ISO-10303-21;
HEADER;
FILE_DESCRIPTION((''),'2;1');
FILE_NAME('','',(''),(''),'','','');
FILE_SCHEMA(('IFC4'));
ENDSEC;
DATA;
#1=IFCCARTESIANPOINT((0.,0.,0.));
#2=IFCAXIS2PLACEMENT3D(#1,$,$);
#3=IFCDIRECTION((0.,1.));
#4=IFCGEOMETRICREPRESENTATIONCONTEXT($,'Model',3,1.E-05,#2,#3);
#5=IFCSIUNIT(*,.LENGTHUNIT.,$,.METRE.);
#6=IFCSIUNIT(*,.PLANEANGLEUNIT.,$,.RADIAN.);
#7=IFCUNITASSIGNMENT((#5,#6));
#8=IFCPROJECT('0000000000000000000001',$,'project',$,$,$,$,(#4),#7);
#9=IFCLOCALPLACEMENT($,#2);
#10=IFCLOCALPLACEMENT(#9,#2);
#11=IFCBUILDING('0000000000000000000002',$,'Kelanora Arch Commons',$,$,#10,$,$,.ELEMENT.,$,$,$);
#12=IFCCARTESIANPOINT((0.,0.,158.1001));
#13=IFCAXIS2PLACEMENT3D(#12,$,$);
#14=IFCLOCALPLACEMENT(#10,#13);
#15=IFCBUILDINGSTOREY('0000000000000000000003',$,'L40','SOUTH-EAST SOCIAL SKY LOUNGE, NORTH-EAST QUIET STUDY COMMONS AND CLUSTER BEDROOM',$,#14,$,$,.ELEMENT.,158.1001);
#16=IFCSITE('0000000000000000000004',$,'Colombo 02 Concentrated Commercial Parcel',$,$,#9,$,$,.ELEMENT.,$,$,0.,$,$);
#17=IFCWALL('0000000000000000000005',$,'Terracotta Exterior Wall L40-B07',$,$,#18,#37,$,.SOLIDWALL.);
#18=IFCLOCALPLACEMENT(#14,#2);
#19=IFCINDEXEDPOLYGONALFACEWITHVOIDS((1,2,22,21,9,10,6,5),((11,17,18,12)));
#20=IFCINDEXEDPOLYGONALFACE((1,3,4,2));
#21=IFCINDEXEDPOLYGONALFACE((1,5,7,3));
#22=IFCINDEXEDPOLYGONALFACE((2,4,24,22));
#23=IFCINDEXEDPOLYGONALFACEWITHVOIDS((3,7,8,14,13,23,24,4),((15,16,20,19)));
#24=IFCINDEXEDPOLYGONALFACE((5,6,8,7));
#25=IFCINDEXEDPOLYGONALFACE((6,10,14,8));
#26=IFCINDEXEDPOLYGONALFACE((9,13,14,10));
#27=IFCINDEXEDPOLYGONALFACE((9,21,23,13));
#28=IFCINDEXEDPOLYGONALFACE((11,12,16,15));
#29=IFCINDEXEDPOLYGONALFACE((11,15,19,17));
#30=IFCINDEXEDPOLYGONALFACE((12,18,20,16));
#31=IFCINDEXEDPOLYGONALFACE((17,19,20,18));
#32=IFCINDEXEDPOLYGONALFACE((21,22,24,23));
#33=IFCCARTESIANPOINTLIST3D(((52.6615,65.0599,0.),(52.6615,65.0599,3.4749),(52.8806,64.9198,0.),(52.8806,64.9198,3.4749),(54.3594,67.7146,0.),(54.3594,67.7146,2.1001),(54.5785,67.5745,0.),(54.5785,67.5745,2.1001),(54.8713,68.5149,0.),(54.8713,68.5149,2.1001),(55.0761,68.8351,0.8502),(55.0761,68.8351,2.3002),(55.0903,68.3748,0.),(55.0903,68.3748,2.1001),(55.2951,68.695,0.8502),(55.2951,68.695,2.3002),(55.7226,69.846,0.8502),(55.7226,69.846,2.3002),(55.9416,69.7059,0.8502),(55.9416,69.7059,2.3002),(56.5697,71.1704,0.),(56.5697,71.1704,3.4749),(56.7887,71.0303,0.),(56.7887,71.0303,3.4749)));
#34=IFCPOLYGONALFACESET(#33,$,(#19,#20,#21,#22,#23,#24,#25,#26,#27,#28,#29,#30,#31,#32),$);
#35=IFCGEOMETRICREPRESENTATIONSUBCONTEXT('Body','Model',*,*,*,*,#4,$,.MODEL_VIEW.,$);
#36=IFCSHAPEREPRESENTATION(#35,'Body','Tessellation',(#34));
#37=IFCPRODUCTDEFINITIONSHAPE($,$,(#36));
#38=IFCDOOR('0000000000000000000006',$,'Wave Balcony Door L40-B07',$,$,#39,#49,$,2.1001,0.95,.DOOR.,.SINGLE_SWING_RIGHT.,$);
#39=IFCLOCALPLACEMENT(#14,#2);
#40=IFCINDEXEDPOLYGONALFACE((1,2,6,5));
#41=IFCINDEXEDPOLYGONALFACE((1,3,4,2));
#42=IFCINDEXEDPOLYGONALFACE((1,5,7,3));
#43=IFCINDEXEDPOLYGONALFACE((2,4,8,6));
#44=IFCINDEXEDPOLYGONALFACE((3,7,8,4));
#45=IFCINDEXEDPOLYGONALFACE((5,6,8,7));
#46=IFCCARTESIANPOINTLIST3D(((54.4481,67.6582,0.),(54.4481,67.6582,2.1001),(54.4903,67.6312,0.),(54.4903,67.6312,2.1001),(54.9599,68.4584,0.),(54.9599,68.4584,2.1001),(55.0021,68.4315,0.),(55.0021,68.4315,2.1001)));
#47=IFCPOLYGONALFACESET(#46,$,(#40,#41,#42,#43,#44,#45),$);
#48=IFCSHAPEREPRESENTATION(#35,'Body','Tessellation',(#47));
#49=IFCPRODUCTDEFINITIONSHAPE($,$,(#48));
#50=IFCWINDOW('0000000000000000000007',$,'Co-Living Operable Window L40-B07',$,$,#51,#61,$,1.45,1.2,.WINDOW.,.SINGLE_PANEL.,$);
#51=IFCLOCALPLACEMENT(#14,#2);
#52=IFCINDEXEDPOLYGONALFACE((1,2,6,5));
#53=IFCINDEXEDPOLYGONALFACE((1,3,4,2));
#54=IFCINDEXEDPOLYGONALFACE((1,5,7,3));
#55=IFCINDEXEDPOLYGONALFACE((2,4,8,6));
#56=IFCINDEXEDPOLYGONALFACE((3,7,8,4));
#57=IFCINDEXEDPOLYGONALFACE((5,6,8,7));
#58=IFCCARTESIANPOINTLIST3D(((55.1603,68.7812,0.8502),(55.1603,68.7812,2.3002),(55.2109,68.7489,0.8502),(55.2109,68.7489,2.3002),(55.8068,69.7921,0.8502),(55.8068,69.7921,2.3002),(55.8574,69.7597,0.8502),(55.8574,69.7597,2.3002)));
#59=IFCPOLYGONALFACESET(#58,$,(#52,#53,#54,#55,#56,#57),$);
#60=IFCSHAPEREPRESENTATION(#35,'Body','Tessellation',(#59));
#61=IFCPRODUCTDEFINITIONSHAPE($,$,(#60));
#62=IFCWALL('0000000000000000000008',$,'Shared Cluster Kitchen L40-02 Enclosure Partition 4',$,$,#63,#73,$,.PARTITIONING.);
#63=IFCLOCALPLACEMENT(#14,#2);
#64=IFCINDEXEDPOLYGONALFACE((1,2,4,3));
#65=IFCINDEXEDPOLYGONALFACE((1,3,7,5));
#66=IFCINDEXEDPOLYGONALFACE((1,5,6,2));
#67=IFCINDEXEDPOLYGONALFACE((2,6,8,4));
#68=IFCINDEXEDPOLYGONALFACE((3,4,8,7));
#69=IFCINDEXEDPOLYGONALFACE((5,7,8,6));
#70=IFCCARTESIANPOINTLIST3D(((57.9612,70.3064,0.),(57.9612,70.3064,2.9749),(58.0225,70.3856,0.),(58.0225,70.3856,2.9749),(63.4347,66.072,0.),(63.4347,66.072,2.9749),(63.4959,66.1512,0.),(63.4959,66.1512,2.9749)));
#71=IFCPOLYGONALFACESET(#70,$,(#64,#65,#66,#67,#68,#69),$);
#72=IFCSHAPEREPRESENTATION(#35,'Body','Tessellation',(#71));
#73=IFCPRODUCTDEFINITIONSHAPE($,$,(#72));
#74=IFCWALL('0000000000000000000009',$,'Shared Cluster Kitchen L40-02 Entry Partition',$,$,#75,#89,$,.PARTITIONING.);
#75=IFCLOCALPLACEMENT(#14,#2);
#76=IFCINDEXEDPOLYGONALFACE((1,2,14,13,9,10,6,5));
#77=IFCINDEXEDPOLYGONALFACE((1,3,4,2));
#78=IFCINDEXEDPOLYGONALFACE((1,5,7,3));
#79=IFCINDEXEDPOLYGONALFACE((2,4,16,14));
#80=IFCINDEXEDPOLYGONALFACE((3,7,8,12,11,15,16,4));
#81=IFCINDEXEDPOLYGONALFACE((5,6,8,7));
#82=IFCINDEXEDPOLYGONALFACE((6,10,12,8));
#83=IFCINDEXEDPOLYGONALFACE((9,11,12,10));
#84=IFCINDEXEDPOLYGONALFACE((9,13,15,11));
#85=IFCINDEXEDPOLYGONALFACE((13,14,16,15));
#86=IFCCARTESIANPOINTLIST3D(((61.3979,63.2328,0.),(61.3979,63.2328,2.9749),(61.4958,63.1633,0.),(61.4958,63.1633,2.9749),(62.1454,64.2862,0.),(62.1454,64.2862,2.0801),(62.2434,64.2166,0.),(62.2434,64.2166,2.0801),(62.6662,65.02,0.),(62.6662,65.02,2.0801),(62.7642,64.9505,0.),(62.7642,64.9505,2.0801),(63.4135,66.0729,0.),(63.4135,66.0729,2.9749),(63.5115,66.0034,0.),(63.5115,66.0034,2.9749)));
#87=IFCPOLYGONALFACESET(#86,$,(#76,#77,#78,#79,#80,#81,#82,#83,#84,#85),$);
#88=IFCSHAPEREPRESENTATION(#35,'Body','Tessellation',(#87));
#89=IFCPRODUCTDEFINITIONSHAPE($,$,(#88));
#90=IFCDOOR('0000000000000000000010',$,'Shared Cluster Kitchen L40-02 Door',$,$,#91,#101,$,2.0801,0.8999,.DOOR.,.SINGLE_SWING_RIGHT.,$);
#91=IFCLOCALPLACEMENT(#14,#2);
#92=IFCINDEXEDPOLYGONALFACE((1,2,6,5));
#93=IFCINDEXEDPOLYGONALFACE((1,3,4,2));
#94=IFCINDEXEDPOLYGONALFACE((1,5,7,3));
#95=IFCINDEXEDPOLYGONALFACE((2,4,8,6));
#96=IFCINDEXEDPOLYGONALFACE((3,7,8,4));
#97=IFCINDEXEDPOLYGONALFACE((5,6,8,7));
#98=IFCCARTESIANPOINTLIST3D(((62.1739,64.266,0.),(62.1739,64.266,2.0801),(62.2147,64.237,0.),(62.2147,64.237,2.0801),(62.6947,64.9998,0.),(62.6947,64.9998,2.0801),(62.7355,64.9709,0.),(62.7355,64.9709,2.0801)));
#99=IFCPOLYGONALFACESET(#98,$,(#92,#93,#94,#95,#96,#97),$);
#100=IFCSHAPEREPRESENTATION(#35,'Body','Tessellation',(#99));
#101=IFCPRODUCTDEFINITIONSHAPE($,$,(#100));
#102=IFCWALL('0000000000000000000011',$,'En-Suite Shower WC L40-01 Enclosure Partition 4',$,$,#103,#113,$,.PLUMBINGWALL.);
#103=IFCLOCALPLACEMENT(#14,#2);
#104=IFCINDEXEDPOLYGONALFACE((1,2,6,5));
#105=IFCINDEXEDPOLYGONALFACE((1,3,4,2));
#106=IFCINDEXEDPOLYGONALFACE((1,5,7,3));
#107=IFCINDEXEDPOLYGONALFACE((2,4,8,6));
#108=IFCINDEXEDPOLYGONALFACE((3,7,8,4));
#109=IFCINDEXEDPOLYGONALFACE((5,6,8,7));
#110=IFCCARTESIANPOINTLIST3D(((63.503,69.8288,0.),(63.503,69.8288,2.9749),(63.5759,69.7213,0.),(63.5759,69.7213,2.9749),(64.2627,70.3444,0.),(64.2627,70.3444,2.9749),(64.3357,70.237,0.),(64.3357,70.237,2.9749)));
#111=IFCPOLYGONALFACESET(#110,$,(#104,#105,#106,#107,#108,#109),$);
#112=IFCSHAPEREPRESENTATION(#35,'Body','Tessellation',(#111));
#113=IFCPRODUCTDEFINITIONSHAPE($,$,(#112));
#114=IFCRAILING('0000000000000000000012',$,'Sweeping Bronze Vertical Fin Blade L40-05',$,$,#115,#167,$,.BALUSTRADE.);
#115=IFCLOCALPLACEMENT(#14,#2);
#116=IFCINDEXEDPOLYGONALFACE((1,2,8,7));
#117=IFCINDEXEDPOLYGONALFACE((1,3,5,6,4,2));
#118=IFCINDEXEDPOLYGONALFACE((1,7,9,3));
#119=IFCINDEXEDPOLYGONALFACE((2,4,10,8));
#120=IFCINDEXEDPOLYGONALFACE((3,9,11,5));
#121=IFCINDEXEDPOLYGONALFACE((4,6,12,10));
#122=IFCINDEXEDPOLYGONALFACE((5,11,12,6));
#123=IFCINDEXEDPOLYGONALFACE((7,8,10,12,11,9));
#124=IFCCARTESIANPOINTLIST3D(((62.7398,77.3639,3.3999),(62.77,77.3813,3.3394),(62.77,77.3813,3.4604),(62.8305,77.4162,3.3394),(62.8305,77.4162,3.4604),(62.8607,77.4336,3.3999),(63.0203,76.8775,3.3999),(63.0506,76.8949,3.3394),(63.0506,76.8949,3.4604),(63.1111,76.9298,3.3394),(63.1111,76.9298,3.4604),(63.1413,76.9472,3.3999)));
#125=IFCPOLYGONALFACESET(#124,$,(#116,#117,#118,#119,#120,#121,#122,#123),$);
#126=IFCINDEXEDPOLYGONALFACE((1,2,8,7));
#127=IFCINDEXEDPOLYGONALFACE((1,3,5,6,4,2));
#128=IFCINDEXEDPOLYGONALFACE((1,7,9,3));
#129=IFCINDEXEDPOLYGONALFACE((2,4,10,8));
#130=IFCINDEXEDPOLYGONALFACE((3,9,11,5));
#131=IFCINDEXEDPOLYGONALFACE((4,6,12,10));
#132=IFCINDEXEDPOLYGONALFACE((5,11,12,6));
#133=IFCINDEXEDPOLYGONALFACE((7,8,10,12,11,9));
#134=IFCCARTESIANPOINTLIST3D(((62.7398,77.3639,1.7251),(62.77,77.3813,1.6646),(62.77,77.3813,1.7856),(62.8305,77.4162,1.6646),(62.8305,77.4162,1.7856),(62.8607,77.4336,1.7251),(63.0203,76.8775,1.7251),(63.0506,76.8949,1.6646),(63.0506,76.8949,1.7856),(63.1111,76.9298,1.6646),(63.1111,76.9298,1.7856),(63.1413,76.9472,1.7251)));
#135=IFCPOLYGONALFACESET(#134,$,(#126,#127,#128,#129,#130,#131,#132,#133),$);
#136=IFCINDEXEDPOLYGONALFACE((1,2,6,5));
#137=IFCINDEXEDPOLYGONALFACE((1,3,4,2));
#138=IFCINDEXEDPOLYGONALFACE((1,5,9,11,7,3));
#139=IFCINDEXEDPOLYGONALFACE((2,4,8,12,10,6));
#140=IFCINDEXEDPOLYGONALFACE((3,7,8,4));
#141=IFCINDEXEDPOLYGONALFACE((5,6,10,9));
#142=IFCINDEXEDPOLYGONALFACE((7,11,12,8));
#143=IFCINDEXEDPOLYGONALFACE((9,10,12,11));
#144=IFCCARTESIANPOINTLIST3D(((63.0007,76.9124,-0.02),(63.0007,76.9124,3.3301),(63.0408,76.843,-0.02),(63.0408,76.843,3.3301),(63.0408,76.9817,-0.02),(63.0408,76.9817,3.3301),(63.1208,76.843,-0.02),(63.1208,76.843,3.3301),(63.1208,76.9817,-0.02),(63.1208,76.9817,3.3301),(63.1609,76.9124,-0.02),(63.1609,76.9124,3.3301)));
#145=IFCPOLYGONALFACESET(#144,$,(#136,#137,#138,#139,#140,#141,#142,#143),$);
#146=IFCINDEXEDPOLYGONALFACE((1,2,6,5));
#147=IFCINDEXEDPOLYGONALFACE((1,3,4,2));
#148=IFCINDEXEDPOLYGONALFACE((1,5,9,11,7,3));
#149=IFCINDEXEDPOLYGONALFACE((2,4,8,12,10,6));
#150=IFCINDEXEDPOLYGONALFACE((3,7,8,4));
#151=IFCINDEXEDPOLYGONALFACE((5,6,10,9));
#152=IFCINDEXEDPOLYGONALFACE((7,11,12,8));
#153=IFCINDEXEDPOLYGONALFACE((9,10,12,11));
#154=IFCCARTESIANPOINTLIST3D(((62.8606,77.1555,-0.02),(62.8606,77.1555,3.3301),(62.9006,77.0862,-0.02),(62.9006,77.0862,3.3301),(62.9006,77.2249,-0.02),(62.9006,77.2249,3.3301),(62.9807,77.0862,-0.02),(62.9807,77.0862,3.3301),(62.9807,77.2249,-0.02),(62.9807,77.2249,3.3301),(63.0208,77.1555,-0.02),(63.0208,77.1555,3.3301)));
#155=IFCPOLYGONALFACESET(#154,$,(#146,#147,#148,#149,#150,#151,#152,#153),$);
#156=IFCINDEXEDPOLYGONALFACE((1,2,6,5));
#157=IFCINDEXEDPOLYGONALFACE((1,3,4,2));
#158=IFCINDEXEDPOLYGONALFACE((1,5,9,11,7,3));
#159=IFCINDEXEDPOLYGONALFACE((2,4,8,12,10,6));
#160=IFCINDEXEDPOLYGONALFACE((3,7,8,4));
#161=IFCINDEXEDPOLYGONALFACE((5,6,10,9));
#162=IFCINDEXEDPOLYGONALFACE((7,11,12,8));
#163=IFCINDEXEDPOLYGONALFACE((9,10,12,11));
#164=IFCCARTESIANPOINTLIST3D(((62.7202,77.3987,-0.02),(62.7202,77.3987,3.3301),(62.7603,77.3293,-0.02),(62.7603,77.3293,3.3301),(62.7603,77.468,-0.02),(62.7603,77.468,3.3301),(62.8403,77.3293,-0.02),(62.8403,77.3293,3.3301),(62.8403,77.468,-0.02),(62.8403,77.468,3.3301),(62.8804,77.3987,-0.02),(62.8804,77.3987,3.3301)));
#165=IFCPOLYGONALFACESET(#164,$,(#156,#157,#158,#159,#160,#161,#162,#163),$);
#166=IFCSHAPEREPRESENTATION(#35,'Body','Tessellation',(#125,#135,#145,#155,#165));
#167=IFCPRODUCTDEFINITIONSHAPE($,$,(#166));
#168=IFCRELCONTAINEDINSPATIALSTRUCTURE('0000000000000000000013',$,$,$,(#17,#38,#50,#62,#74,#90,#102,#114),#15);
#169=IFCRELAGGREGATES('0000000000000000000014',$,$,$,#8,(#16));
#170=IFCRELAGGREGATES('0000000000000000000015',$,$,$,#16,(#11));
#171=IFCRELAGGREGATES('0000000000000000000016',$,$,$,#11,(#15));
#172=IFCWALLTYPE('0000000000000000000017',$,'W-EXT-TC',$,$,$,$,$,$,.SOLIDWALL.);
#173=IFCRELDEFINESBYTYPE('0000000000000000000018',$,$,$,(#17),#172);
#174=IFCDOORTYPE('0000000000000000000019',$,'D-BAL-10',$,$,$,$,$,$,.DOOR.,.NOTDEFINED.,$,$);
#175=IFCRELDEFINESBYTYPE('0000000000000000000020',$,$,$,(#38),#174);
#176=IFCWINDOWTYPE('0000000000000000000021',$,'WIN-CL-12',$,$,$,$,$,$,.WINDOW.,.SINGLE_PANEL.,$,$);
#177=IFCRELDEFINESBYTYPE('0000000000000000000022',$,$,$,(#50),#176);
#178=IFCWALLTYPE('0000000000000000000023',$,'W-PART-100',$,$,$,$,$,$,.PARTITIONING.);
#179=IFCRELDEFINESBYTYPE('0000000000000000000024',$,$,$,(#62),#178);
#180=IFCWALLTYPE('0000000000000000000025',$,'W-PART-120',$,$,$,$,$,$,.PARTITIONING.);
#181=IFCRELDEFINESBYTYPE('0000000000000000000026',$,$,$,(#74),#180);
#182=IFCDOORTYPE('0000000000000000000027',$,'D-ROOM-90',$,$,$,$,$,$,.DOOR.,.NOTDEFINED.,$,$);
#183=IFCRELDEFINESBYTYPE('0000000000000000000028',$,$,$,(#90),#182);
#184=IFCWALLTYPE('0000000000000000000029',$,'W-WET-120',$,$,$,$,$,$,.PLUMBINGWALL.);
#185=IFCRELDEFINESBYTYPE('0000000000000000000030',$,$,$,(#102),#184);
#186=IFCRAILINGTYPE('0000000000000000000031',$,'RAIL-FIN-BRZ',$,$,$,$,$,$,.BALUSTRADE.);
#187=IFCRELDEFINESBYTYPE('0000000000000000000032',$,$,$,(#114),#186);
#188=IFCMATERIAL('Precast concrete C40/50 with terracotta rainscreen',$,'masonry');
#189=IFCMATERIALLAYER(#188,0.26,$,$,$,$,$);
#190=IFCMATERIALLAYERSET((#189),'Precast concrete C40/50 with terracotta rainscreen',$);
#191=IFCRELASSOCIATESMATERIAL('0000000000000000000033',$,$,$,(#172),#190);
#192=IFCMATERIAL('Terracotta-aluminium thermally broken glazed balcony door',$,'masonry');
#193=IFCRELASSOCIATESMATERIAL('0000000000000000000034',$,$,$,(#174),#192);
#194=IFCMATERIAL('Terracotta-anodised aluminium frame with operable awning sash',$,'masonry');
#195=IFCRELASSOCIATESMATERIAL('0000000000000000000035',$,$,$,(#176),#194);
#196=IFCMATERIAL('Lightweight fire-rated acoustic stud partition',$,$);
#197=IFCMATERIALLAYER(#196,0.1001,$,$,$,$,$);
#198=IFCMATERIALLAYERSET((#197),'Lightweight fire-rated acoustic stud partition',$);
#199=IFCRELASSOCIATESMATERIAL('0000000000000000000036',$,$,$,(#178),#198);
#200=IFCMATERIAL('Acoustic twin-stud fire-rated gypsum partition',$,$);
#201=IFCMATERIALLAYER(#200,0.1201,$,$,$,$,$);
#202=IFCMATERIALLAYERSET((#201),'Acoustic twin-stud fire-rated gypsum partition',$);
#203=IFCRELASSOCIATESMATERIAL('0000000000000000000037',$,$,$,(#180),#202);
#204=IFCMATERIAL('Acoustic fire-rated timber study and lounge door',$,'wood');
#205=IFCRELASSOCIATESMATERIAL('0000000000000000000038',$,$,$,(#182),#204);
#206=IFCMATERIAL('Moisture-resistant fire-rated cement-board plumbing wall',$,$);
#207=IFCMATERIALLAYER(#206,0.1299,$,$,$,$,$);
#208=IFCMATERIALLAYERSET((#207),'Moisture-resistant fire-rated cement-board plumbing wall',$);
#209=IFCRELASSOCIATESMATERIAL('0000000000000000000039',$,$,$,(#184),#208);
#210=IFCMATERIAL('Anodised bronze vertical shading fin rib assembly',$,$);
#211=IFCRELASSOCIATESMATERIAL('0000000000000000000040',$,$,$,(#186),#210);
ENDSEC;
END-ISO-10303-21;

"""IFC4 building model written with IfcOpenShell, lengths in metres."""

from ifc_helpers import new_model, si_unit, direction, frame, frame_2d, origin, place, context, subcontext, project, spatial, polyline, rectangle, outline, extrude, material, layer, layer_set, type_object, element, fill, save


model = new_model("IFC4")

# Units and contexts
model_context = context("Model", 3, precision=1e-05, world=origin(), true_north=direction((0.0, 1.0)))
body_context = subcontext(model_context, "Body", "Model", "MODEL_VIEW")
ifc_project = project(units=[si_unit("LENGTHUNIT", "METRE"), si_unit("PLANEANGLEUNIT", "RADIAN")], contexts=[model_context])

# Site, building, storey
site_placement = place(None, origin())
site = spatial("IfcSite", under=ifc_project, at=site_placement, Name="Colombo 02 Concentrated Commercial Parcel", CompositionType="ELEMENT", RefElevation=0.0)
building_placement = place(site_placement, origin())
building = spatial("IfcBuilding", under=site, at=building_placement, Name="Kelanora Arch Commons", CompositionType="ELEMENT")
storey_placement = place(building_placement, frame((0.0, 0.0, 158.1001)))
storey = spatial("IfcBuildingStorey", under=building, at=storey_placement, Name="L40", Description="SOUTH-EAST SOCIAL SKY LOUNGE, NORTH-EAST QUIET STUDY COMMONS AND CLUSTER BEDROOM", CompositionType="ELEMENT", Elevation=158.1001)

# Shared definitions
ifc_material_1 = material(Name="Precast concrete C40/50 with terracotta rainscreen", Category="masonry")
ifc_layer_1 = layer(ifc_material_1, 0.26)
ifc_layer_set_1 = layer_set([ifc_layer_1], Name="Precast concrete C40/50 with terracotta rainscreen")
wall_type_1 = type_object("IfcWallType", Name="W-EXT-TC", PredefinedType="SOLIDWALL", material=ifc_layer_set_1)

# Wall, openings, door, window
wall_1_placement = place(storey_placement, frame((56.6792, 71.1003, 0.0), z_axis=(0.0, 0.0, 1.0), x_axis=(-0.538802, -0.842433, 0.0)))
wall_1 = element("IfcWall", 1, at=wall_1_placement, inside=storey, type_object=wall_type_1, Name="Terracotta Exterior Wall L40-B07", PredefinedType="SOLIDWALL", context=body_context, shape_type="SweptSolid", body=[
    extrude(rectangle(XDim=7.2534, YDim=0.26, at=frame_2d((3.6267, 0.0))), origin(), (0.0, 0.0, 1.0), 3.4749),
])
opening_1_placement = place(wall_1_placement, frame((3.1521, 0.0, 0.0)))
opening_1 = element("IfcOpeningElement", 2, at=opening_1_placement, cuts=wall_1, PredefinedType="OPENING", context=body_context, shape_type="SweptSolid", body=[
    extrude(rectangle(XDim=0.95, YDim=2.1001, at=frame_2d((0.4751, 1.05))), frame((0.0, 0.1401, 0.0), z_axis=(0.0, -1.0, 0.0), x_axis=(1.0, 0.0, 0.0)), (0.0, 0.0, 1.0), 0.28),
])
opening_2_placement = place(wall_1_placement, frame((1.572, 0.0, 0.8501)))
opening_2 = element("IfcOpeningElement", 3, at=opening_2_placement, cuts=wall_1, PredefinedType="OPENING", context=body_context, shape_type="SweptSolid", body=[
    extrude(rectangle(XDim=1.2, YDim=1.45, at=frame_2d((0.6001, 0.7251))), frame((0.0, 0.1401, 0.0), z_axis=(0.0, -1.0, 0.0), x_axis=(1.0, 0.0, 0.0)), (0.0, 0.0, 1.0), 0.28),
])
ifc_material_2 = material(Name="Terracotta-aluminium thermally broken glazed balcony door", Category="masonry")
door_type_1 = type_object("IfcDoorType", Name="D-BAL-10", OperationType="NOTDEFINED", PredefinedType="DOOR", material=ifc_material_2)
door_1_placement = place(opening_1_placement, frame((0.95, 0.0, 0.0), z_axis=(0.0, 0.0, 1.0), x_axis=(-1.0, 0.0, 0.0)))
door_1 = element("IfcDoor", 4, at=door_1_placement, inside=storey, type_object=door_type_1, Name="Wave Balcony Door L40-B07", OperationType="SINGLE_SWING_RIGHT", OverallHeight=2.1001, OverallWidth=0.95, PredefinedType="DOOR", context=body_context, shape_type="SweptSolid", body=[
    extrude(rectangle(XDim=0.95, YDim=2.1001, at=frame_2d((0.4751, 1.05))), frame((0.0, 0.0249, 0.0), z_axis=(0.0, -1.0, 0.0), x_axis=(1.0, 0.0, 0.0)), (0.0, 0.0, 1.0), 0.05),
])
fill(opening_1, door_1)
ifc_material_3 = material(Name="Terracotta-anodised aluminium frame with operable awning sash", Category="masonry")
window_type_1 = type_object("IfcWindowType", Name="WIN-CL-12", PartitioningType="SINGLE_PANEL", PredefinedType="WINDOW", material=ifc_material_3)
window_1_placement = place(opening_2_placement, origin())
window_1 = element("IfcWindow", 5, at=window_1_placement, inside=storey, type_object=window_type_1, Name="Co-Living Operable Window L40-B07", OverallHeight=1.45, OverallWidth=1.2, PartitioningType="SINGLE_PANEL", PredefinedType="WINDOW", context=body_context, shape_type="SweptSolid", body=[
    extrude(rectangle(XDim=1.2, YDim=1.45, at=frame_2d((0.6001, 0.7251))), frame((0.0, 0.03, 0.0), z_axis=(0.0, -1.0, 0.0), x_axis=(1.0, 0.0, 0.0)), (0.0, 0.0, 1.0), 0.0601),
])
fill(opening_2, window_1)

# Wall
ifc_material_4 = material(Name="Lightweight fire-rated acoustic stud partition")
ifc_layer_2 = layer(ifc_material_4, 0.1001)
ifc_layer_set_2 = layer_set([ifc_layer_2], Name="Lightweight fire-rated acoustic stud partition")
wall_type_2 = type_object("IfcWallType", Name="W-PART-100", PredefinedType="PARTITIONING", material=ifc_layer_set_2)
wall_2_placement = place(storey_placement, frame((57.9919, 70.3459, 0.0), z_axis=(0.0, 0.0, 1.0), x_axis=(0.79094, -0.611894, 0.0)))
element("IfcWall", 6, at=wall_2_placement, inside=storey, type_object=wall_type_2, Name="Shared Cluster Kitchen L40-02 Enclosure Partition 4", PredefinedType="PARTITIONING", context=body_context, shape_type="SweptSolid", body=[
    extrude(rectangle(XDim=6.9202, YDim=0.1001, at=frame_2d((3.46, 0.0))), origin(), (0.0, 0.0, 1.0), 2.9749),
])

# Wall, opening, door
ifc_material_5 = material(Name="Acoustic twin-stud fire-rated gypsum partition")
ifc_layer_3 = layer(ifc_material_5, 0.1201)
ifc_layer_set_3 = layer_set([ifc_layer_3], Name="Acoustic twin-stud fire-rated gypsum partition")
wall_type_3 = type_object("IfcWallType", Name="W-PART-120", PredefinedType="PARTITIONING", material=ifc_layer_set_3)
wall_3_placement = place(storey_placement, frame((63.4624, 66.0381, 0.0), z_axis=(0.0, 0.0, 1.0), x_axis=(-0.578762, -0.815496, 0.0)))
wall_3 = element("IfcWall", 7, at=wall_3_placement, inside=storey, type_object=wall_type_3, Name="Shared Cluster Kitchen L40-02 Entry Partition", PredefinedType="PARTITIONING", context=body_context, shape_type="SweptSolid", body=[
    extrude(rectangle(XDim=3.4827, YDim=0.1201, at=frame_2d((1.7412, 0.0))), origin(), (0.0, 0.0, 1.0), 2.9749),
])
opening_3_placement = place(wall_3_placement, frame((1.291, 0.0, 0.0)))
opening_3 = element("IfcOpeningElement", 8, at=opening_3_placement, cuts=wall_3, PredefinedType="OPENING", context=body_context, shape_type="SweptSolid", body=[
    extrude(rectangle(XDim=0.8999, YDim=2.0801, at=frame_2d((0.45, 1.04))), frame((0.0, 0.0701, 0.0), z_axis=(0.0, -1.0, 0.0), x_axis=(1.0, 0.0, 0.0)), (0.0, 0.0, 1.0), 0.1401),
])
ifc_material_6 = material(Name="Acoustic fire-rated timber study and lounge door", Category="wood")
door_type_2 = type_object("IfcDoorType", Name="D-ROOM-90", OperationType="NOTDEFINED", PredefinedType="DOOR", material=ifc_material_6)
door_2_placement = place(opening_3_placement, origin())
door_2 = element("IfcDoor", 9, at=door_2_placement, inside=storey, type_object=door_type_2, Name="Shared Cluster Kitchen L40-02 Door", OperationType="SINGLE_SWING_RIGHT", OverallHeight=2.0801, OverallWidth=0.8999, PredefinedType="DOOR", context=body_context, shape_type="SweptSolid", body=[
    extrude(rectangle(XDim=0.8999, YDim=2.0801, at=frame_2d((0.45, 1.04))), frame((0.0, 0.0249, 0.0), z_axis=(0.0, -1.0, 0.0), x_axis=(1.0, 0.0, 0.0)), (0.0, 0.0, 1.0), 0.05),
])
fill(opening_3, door_2)

# Wall
ifc_material_7 = material(Name="Moisture-resistant fire-rated cement-board plumbing wall")
ifc_layer_4 = layer(ifc_material_7, 0.1299)
ifc_layer_set_4 = layer_set([ifc_layer_4], Name="Moisture-resistant fire-rated cement-board plumbing wall")
wall_type_4 = type_object("IfcWallType", Name="W-WET-120", PredefinedType="PLUMBINGWALL", material=ifc_layer_set_4)
wall_4_placement = place(storey_placement, frame((63.5396, 69.7751, 0.0), z_axis=(0.0, 0.0, 1.0), x_axis=(0.82744, 0.561553, 0.0)))
element("IfcWall", 10, at=wall_4_placement, inside=storey, type_object=wall_type_4, Name="En-Suite Shower WC L40-01 Enclosure Partition 4", PredefinedType="PLUMBINGWALL", context=body_context, shape_type="SweptSolid", body=[
    extrude(rectangle(XDim=0.9182, YDim=0.1299, at=frame_2d((0.459, 0.0))), origin(), (0.0, 0.0, 1.0), 2.9749),
])

# Railing
ifc_material_8 = material(Name="Anodised bronze vertical shading fin rib assembly")
railing_type = type_object("IfcRailingType", Name="RAIL-FIN-BRZ", PredefinedType="BALUSTRADE", material=ifc_material_8)
railing_1_placement = place(storey_placement, frame((63.0808, 76.9124, -0.02)))
element("IfcRailing", 11, at=railing_1_placement, inside=storey, type_object=railing_type, Name="Sweeping Bronze Vertical Fin Blade L40-05", PredefinedType="BALUSTRADE", context=body_context, shape_type="SweptSolid", body=[
    extrude(outline(polyline([(0.0698, 0.0), (0.0349, 0.0605), (-0.0349, 0.0605), (-0.0698, 0.0), (-0.0349, -0.0605), (0.0349, -0.0605), (0.0698, 0.0)])), frame((0.0, 0.0, 3.4199), z_axis=(-0.499647, 0.866229, 0.0), x_axis=(-0.866229, -0.499647, 0.0)), (0.0, 0.0, 1.0), 0.5615),
    extrude(outline(polyline([(0.0698, 0.0), (0.0349, 0.0605), (-0.0349, 0.0605), (-0.0698, 0.0), (-0.0349, -0.0605), (0.0349, -0.0605), (0.0698, 0.0)])), frame((0.0, 0.0, 1.7451), z_axis=(-0.499647, 0.866229, 0.0), x_axis=(-0.866229, -0.499647, 0.0)), (0.0, 0.0, 1.0), 0.5615),
    extrude(outline(polyline([(0.0801, 0.0), (0.04, 0.0693), (-0.04, 0.0693), (-0.0801, 0.0), (-0.04, -0.0693), (0.04, -0.0693), (0.0801, 0.0)])), origin(), (0.0, 0.0, 1.0), 3.3501),
    extrude(outline(polyline([(0.0801, 0.0), (0.04, 0.0693), (-0.04, 0.0693), (-0.0801, 0.0), (-0.04, -0.0693), (0.04, -0.0693), (0.0801, 0.0)])), frame((-0.1401, 0.2432, 0.0)), (0.0, 0.0, 1.0), 3.3501),
    extrude(outline(polyline([(0.0801, 0.0), (0.04, 0.0693), (-0.04, 0.0693), (-0.0801, 0.0), (-0.04, -0.0693), (0.04, -0.0693), (0.0801, 0.0)])), frame((-0.2805, 0.4863, 0.0)), (0.0, 0.0, 1.0), 3.3501),
])

save(model, "model.ifc")
